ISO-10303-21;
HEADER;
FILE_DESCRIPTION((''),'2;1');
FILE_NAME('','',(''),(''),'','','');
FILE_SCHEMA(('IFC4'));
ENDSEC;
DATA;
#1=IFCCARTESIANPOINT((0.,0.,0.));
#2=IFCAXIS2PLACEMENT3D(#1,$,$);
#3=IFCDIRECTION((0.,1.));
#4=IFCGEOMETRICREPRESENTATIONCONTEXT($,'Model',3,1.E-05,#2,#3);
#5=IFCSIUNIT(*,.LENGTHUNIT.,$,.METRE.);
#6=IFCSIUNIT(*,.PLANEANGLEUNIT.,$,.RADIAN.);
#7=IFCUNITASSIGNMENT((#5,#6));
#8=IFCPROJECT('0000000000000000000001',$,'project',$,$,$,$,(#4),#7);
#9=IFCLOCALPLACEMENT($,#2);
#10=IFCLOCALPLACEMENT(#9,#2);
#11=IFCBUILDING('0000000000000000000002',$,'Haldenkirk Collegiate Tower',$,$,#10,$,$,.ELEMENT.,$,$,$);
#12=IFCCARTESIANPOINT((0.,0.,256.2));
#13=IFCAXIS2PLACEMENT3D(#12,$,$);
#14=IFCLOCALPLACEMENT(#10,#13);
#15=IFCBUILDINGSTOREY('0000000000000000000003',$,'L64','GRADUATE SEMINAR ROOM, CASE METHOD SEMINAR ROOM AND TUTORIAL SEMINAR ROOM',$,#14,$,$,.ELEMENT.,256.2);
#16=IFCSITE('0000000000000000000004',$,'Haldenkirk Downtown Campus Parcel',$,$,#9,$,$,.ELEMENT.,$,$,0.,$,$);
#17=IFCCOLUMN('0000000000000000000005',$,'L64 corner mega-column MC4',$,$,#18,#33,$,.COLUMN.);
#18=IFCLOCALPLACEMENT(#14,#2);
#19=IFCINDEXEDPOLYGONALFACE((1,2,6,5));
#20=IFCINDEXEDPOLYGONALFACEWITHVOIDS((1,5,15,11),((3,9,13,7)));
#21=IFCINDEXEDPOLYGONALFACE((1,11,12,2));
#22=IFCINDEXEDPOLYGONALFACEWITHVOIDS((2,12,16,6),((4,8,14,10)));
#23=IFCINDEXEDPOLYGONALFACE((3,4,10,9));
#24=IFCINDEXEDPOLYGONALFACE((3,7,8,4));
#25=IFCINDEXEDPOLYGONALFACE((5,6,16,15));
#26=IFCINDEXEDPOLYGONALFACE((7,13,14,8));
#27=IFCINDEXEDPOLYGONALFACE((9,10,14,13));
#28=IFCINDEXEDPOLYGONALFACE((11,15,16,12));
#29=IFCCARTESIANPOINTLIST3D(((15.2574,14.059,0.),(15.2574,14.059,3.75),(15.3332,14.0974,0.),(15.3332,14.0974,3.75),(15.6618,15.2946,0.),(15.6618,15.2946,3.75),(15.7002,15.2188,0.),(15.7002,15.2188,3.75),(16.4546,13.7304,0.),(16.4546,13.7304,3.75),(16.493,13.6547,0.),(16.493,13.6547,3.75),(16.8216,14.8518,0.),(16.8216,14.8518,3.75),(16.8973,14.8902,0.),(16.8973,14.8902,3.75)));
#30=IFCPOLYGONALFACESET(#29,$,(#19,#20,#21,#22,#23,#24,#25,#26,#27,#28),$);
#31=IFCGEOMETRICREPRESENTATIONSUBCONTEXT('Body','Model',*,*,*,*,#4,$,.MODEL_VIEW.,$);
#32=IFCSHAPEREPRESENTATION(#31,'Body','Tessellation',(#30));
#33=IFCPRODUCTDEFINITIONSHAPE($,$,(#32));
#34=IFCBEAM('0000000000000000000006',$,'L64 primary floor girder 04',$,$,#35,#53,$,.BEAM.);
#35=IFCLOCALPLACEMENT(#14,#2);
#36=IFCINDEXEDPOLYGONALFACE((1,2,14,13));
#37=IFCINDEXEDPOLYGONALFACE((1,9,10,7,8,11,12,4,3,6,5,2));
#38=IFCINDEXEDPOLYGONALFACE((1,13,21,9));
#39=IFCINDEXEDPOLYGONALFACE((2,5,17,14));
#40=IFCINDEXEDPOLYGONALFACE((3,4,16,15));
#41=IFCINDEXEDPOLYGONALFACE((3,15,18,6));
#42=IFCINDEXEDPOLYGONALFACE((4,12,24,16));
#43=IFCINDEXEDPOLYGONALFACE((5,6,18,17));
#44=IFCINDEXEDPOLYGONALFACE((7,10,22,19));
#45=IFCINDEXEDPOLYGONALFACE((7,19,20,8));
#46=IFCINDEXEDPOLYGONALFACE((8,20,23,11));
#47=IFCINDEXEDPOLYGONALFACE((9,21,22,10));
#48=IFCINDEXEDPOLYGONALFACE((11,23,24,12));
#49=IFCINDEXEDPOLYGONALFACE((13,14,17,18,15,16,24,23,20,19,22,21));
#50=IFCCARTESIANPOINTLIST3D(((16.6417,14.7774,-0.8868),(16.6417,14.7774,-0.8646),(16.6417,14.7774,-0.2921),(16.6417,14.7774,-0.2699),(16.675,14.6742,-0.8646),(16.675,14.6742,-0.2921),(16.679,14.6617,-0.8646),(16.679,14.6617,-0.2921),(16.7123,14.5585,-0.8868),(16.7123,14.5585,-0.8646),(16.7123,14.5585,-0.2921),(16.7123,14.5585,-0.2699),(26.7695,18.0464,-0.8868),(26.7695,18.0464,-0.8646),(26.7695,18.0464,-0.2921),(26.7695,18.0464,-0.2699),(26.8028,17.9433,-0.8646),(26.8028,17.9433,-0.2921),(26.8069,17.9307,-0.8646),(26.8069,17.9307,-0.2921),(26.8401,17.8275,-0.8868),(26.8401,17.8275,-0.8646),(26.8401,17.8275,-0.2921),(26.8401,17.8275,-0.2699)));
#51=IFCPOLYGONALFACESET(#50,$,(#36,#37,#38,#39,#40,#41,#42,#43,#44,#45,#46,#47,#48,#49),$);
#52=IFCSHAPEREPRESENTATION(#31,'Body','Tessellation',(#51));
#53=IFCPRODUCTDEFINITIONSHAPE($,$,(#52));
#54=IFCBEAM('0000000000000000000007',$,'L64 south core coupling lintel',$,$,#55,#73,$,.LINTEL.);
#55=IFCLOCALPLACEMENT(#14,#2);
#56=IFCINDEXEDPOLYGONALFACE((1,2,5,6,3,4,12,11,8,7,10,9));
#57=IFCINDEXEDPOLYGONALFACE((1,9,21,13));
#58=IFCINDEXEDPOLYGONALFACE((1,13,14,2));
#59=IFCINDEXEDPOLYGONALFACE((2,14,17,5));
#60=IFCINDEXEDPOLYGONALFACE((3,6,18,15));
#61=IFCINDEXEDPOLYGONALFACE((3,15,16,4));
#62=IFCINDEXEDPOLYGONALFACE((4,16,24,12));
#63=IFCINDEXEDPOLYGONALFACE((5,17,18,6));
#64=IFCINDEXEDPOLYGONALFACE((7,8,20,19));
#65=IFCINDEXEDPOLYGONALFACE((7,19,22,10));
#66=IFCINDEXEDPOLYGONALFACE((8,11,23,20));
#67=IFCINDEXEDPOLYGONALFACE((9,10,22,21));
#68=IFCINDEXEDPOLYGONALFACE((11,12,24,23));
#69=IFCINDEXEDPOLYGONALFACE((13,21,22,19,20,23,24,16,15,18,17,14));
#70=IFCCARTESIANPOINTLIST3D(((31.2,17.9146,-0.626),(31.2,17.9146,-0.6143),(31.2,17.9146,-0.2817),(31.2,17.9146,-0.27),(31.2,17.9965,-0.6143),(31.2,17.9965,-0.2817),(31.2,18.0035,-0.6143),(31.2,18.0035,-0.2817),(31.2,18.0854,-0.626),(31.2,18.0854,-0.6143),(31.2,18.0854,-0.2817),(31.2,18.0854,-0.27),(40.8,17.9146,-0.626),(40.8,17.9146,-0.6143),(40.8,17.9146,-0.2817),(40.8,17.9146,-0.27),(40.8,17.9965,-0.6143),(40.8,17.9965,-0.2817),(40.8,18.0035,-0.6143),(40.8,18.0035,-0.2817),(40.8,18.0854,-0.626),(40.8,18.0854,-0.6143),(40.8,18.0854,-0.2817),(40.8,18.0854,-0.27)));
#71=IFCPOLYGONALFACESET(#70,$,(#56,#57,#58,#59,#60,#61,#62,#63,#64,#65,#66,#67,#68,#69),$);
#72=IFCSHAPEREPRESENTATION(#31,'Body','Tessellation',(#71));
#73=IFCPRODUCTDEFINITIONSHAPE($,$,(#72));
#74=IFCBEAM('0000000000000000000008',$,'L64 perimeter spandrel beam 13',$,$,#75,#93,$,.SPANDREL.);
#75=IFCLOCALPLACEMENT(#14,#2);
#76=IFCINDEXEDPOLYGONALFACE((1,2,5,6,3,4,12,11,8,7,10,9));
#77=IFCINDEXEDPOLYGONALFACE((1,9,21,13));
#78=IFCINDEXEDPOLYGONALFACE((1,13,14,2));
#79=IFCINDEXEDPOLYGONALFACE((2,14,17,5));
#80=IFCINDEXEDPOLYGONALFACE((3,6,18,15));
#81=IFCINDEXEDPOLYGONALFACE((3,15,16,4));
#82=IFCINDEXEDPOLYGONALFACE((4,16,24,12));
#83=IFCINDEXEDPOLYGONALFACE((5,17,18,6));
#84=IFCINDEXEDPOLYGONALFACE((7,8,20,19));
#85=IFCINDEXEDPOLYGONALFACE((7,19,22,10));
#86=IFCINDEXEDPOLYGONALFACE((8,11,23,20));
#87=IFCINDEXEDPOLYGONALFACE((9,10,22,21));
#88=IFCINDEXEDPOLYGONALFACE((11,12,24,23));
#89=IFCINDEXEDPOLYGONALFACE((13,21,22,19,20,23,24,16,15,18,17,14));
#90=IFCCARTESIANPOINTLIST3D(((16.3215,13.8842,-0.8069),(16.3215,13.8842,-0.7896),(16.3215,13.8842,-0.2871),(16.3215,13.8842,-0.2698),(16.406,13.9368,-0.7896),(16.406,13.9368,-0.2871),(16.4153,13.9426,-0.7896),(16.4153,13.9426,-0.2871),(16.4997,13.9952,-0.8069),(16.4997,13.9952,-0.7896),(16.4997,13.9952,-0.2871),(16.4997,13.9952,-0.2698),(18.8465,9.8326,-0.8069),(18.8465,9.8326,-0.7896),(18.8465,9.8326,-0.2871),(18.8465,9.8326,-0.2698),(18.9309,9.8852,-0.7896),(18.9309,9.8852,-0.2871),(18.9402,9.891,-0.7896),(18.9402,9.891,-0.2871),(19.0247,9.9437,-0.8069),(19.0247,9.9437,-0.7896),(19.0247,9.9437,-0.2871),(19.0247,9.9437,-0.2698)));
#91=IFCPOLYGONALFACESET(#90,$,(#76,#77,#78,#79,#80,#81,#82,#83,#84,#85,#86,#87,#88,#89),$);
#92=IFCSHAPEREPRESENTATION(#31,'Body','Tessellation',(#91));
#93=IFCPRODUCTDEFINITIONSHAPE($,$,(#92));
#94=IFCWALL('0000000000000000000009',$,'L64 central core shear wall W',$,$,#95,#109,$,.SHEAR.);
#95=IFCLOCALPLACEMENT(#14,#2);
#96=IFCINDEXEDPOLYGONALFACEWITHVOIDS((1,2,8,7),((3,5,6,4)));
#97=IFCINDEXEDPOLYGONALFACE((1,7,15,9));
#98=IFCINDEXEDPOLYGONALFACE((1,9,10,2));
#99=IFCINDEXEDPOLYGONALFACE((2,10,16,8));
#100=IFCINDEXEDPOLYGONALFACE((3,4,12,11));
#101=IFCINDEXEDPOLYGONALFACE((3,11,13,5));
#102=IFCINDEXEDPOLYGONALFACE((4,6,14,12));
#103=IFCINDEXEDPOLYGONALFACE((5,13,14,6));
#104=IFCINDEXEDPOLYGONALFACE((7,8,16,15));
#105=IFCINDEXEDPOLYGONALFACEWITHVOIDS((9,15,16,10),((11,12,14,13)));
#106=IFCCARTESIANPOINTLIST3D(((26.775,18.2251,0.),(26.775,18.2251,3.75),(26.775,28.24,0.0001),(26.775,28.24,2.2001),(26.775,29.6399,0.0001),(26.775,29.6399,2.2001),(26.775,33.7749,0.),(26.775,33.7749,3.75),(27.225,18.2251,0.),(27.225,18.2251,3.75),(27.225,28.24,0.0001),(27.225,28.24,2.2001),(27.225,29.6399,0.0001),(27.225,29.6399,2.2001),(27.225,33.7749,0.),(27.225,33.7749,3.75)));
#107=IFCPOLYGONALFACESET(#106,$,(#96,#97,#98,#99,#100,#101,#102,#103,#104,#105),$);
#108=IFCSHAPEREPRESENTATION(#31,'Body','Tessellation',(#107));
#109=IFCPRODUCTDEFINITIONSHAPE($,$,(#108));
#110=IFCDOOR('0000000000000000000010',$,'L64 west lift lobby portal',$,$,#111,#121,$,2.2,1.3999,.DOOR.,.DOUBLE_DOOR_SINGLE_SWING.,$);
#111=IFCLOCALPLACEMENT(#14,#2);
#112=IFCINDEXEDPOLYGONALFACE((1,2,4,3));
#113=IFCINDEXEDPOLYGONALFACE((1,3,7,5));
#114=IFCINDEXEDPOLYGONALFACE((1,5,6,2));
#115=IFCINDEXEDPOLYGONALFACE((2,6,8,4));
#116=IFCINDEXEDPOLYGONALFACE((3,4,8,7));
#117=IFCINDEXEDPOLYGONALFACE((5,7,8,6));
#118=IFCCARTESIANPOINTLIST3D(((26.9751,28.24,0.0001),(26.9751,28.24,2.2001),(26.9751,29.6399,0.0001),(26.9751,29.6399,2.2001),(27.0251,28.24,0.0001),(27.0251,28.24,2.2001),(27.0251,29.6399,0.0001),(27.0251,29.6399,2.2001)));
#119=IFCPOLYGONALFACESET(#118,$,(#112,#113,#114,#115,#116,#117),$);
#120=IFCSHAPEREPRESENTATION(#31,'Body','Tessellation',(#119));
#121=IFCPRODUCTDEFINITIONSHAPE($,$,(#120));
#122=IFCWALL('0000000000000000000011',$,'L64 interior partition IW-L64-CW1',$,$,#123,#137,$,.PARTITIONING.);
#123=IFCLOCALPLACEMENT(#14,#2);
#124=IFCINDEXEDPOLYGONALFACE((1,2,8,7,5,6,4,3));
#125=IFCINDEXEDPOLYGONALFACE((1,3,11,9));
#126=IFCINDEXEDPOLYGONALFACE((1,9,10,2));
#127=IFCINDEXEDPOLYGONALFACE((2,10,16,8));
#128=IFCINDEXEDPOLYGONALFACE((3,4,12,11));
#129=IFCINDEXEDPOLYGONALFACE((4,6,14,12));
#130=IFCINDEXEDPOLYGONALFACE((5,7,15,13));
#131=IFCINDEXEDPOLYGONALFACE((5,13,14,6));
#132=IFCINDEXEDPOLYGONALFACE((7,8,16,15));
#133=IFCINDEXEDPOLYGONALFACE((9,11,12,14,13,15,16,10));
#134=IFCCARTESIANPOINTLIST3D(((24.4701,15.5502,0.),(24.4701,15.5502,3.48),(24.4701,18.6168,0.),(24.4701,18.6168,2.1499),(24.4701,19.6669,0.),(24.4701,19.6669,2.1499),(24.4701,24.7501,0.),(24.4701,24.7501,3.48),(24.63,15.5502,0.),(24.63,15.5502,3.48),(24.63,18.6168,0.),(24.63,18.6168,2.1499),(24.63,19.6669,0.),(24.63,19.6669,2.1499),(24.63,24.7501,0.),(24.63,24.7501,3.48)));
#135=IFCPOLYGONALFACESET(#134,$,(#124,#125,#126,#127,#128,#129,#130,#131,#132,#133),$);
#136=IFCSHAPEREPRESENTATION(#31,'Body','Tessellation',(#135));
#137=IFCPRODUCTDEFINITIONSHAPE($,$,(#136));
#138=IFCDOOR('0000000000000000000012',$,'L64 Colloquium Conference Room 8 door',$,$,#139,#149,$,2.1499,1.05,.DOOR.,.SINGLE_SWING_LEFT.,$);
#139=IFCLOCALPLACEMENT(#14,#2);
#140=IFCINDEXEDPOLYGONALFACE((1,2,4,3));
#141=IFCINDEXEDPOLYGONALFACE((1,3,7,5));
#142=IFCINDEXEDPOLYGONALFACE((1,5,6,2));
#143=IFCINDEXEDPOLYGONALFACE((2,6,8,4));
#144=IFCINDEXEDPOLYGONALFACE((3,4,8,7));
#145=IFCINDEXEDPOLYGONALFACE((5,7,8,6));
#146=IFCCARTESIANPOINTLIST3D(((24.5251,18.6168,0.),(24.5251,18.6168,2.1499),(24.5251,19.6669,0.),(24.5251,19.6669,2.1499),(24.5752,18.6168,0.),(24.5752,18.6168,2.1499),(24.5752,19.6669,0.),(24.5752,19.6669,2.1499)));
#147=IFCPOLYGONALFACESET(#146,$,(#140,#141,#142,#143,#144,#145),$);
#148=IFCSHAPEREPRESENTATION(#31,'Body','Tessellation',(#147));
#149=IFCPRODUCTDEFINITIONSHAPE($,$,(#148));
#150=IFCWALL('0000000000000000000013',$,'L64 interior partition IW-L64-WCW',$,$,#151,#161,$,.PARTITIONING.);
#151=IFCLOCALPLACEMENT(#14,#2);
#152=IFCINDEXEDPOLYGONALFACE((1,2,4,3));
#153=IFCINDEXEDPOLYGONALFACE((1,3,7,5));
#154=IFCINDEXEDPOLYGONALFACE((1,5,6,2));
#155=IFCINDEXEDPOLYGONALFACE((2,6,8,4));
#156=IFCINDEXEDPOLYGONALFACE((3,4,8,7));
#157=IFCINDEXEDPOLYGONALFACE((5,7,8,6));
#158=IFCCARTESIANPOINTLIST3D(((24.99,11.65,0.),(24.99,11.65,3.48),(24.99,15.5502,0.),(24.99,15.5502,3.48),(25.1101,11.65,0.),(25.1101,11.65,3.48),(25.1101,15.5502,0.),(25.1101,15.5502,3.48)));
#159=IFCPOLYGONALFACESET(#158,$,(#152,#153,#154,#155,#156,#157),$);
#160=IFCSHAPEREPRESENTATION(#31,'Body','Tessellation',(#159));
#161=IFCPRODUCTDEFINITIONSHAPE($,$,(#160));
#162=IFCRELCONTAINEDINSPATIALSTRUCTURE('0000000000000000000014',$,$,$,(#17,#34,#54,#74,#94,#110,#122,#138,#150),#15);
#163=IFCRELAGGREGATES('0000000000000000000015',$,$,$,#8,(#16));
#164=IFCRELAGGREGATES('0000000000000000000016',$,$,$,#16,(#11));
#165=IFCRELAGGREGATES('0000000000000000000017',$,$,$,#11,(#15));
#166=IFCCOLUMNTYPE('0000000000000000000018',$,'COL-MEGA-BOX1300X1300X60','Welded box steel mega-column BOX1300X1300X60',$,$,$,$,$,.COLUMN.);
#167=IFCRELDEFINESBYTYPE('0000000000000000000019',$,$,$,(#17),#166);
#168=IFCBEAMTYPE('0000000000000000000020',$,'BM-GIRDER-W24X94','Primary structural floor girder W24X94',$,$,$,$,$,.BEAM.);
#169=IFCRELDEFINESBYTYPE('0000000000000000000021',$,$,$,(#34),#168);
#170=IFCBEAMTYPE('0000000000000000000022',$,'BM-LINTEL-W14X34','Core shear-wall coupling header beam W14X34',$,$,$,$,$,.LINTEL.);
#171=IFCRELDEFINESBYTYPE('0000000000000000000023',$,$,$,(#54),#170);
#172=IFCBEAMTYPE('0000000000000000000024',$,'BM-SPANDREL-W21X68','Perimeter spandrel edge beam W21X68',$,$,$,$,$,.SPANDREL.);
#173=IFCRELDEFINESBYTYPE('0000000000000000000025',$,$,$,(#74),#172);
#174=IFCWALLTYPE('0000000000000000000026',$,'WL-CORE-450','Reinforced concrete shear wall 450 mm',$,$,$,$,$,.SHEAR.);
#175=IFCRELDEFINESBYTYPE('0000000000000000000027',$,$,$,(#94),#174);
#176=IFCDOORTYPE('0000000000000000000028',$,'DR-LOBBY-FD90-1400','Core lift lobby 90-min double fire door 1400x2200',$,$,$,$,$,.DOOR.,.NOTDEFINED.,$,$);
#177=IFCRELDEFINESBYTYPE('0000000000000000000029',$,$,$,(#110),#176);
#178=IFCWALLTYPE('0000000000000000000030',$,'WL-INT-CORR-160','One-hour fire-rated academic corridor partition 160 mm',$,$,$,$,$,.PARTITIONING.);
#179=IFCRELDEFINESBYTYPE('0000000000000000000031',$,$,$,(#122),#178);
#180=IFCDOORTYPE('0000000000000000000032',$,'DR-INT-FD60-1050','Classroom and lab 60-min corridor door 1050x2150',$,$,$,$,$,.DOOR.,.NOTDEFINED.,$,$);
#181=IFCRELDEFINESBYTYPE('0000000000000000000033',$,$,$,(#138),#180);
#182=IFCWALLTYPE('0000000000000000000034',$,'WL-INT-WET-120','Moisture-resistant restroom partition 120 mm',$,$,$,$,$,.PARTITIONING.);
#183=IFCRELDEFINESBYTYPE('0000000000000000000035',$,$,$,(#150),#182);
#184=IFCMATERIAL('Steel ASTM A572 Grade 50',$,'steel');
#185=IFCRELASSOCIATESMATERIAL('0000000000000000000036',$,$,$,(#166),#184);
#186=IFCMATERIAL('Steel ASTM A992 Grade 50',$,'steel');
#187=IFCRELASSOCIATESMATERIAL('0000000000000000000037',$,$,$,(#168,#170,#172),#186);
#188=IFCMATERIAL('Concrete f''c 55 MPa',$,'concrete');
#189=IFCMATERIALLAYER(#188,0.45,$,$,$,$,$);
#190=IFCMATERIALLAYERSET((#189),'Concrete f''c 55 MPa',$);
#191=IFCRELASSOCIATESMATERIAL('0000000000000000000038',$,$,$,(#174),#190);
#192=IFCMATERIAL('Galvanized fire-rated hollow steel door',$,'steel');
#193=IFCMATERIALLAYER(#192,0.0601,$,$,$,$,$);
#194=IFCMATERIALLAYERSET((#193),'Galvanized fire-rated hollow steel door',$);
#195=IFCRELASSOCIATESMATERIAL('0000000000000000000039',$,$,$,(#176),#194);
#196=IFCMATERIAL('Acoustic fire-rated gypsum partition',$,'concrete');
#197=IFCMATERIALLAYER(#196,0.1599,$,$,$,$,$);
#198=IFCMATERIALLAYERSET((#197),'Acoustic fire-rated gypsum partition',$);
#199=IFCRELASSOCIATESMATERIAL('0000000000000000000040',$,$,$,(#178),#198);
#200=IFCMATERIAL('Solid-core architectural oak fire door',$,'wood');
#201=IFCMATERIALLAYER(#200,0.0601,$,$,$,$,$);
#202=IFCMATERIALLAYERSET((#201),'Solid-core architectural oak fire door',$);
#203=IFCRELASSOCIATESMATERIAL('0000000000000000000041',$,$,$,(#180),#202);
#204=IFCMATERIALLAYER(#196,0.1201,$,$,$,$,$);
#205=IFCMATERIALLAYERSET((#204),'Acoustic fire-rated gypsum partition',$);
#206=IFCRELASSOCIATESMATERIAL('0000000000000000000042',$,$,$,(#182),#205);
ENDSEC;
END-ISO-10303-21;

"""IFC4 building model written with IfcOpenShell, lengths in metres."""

from ifc_helpers import new_model, si_unit, direction, frame, frame_2d, origin, origin_2d, place, context, subcontext, project, spatial, rectangle, hollow_rectangle, i_section, extrude, material, layer, layer_set, material_profile, profile_set, type_object, element, fill, save


model = new_model("IFC4")

# Units and contexts
model_context = context("Model", 3, precision=1e-05, world=origin(), true_north=direction((0.0, 1.0)))
body_context = subcontext(model_context, "Body", "Model", "MODEL_VIEW")
ifc_project = project(units=[si_unit("LENGTHUNIT", "METRE"), si_unit("PLANEANGLEUNIT", "RADIAN")], contexts=[model_context])

# Site, building, storey
site_placement = place(None, origin())
site = spatial("IfcSite", under=ifc_project, at=site_placement, Name="Haldenkirk Downtown Campus Parcel", CompositionType="ELEMENT", RefElevation=0.0)
building_placement = place(site_placement, origin())
building = spatial("IfcBuilding", under=site, at=building_placement, Name="Haldenkirk Collegiate Tower", CompositionType="ELEMENT")
storey_placement = place(building_placement, frame((0.0, 0.0, 256.2)))
storey = spatial("IfcBuildingStorey", under=building, at=storey_placement, Name="L64", Description="GRADUATE SEMINAR ROOM, CASE METHOD SEMINAR ROOM AND TUTORIAL SEMINAR ROOM", CompositionType="ELEMENT", Elevation=256.2)

# Column
ifc_material_1 = material(Name="Steel ASTM A572 Grade 50", Category="steel")
ifc_material_profile_1 = material_profile(ifc_material_1, hollow_rectangle(XDim=1.3, YDim=1.3, WallThickness=0.0601, at=origin_2d()), Name="BOX1300X1300X60")
ifc_profile_set_1 = profile_set([ifc_material_profile_1], Name="Steel ASTM A572 Grade 50")
column_type = type_object("IfcColumnType", Name="COL-MEGA-BOX1300X1300X60", Description="Welded box steel mega-column BOX1300X1300X60", PredefinedType="COLUMN", material=ifc_profile_set_1)
column_placement = place(storey_placement, frame((16.0774, 14.4746, 0.0), z_axis=(0.0, 0.0, 1.0), x_axis=(0.311008, 0.950407, 0.0)))
element("IfcColumn", 1, at=column_placement, inside=storey, type_object=column_type, Name="L64 corner mega-column MC4", PredefinedType="COLUMN", context=body_context, shape_type="SweptSolid", body=[
    extrude(hollow_rectangle(XDim=1.3, YDim=1.3, WallThickness=0.0601, at=origin_2d()), origin(), (0.0, 0.0, 1.0), 3.75),
])

# Beams
ifc_material_2 = material(Name="Steel ASTM A992 Grade 50", Category="steel")
ifc_material_profile_2 = material_profile(ifc_material_2, i_section(OverallWidth=0.23, OverallDepth=0.6169, WebThickness=0.0132, FlangeThickness=0.0222, at=origin_2d()), Name="W24X94")
ifc_profile_set_2 = profile_set([ifc_material_profile_2], Name="Steel ASTM A992 Grade 50")
beam_type_1 = type_object("IfcBeamType", Name="BM-GIRDER-W24X94", Description="Primary structural floor girder W24X94", PredefinedType="BEAM", material=ifc_profile_set_2)
beam_1_placement = place(storey_placement, frame((16.677, 14.668, -0.5784), z_axis=(0.951655, 0.30717, 0.0), x_axis=(-0.30717, 0.951655, 0.0)))
element("IfcBeam", 2, at=beam_1_placement, inside=storey, type_object=beam_type_1, Name="L64 primary floor girder 04", PredefinedType="BEAM", context=body_context, shape_type="SweptSolid", body=[
    extrude(i_section(OverallWidth=0.23, OverallDepth=0.6169, WebThickness=0.0132, FlangeThickness=0.0222, at=origin_2d()), origin(), (0.0, 0.0, 1.0), 10.6423),
])
ifc_material_profile_3 = material_profile(ifc_material_2, i_section(OverallWidth=0.1709, OverallDepth=0.356, WebThickness=0.0071, FlangeThickness=0.0117, at=origin_2d()), Name="W14X34")
ifc_profile_set_3 = profile_set([ifc_material_profile_3], Name="Steel ASTM A992 Grade 50")
beam_type_2 = type_object("IfcBeamType", Name="BM-LINTEL-W14X34", Description="Core shear-wall coupling header beam W14X34", PredefinedType="LINTEL", material=ifc_profile_set_3)
beam_2_placement = place(storey_placement, frame((31.2, 18.0, -0.448), z_axis=(1.0, 0.0, 0.0), x_axis=(0.0, 1.0, 0.0)))
element("IfcBeam", 3, at=beam_2_placement, inside=storey, type_object=beam_type_2, Name="L64 south core coupling lintel", PredefinedType="LINTEL", context=body_context, shape_type="SweptSolid", body=[
    extrude(i_section(OverallWidth=0.1709, OverallDepth=0.356, WebThickness=0.0071, FlangeThickness=0.0117, at=origin_2d()), origin(), (0.0, 0.0, 1.0), 9.6001),
])
ifc_material_profile_4 = material_profile(ifc_material_2, i_section(OverallWidth=0.21, OverallDepth=0.5371, WebThickness=0.011, FlangeThickness=0.0173, at=origin_2d()), Name="W21X68")
ifc_profile_set_4 = profile_set([ifc_material_profile_4], Name="Steel ASTM A992 Grade 50")
beam_type_3 = type_object("IfcBeamType", Name="BM-SPANDREL-W21X68", Description="Perimeter spandrel edge beam W21X68", PredefinedType="SPANDREL", material=ifc_profile_set_4)
beam_3_placement = place(storey_placement, frame((16.4106, 13.9397, -0.5383), z_axis=(0.5289, -0.848684, 0.0), x_axis=(0.848684, 0.5289, 0.0)))
element("IfcBeam", 4, at=beam_3_placement, inside=storey, type_object=beam_type_3, Name="L64 perimeter spandrel beam 13", PredefinedType="SPANDREL", context=body_context, shape_type="SweptSolid", body=[
    extrude(i_section(OverallWidth=0.21, OverallDepth=0.5371, WebThickness=0.011, FlangeThickness=0.0173, at=origin_2d()), origin(), (0.0, 0.0, 1.0), 4.7739),
])

# Shared definitions
ifc_material_3 = material(Name="Concrete f'c 55 MPa", Category="concrete")
ifc_layer_1 = layer(ifc_material_3, 0.45)
ifc_layer_set_1 = layer_set([ifc_layer_1], Name="Concrete f'c 55 MPa")
wall_type_1 = type_object("IfcWallType", Name="WL-CORE-450", Description="Reinforced concrete shear wall 450 mm", PredefinedType="SHEAR", material=ifc_layer_set_1)
ifc_material_4 = material(Name="Galvanized fire-rated hollow steel door", Category="steel")

# Wall, opening, door
wall_1_placement = place(storey_placement, frame((27.0, 18.2251, 0.0), z_axis=(0.0, 0.0, 1.0), x_axis=(0.0, 1.0, 0.0)))
wall_1 = element("IfcWall", 5, at=wall_1_placement, inside=storey, type_object=wall_type_1, Name="L64 central core shear wall W", PredefinedType="SHEAR", context=body_context, shape_type="SweptSolid", body=[
    extrude(rectangle(XDim=15.5498, YDim=0.45, at=frame_2d((7.7749, 0.0))), origin(), (0.0, 0.0, 1.0), 3.75),
])
opening_1_placement = place(wall_1_placement, frame((10.0149, 0.0, 0.0)))
opening_1 = element("IfcOpeningElement", 6, at=opening_1_placement, cuts=wall_1, PredefinedType="OPENING", context=body_context, shape_type="SweptSolid", body=[
    extrude(rectangle(XDim=1.3999, YDim=2.2, at=frame_2d((0.7, 1.1001))), frame((0.0, 0.2349, 0.0), z_axis=(0.0, -1.0, 0.0), x_axis=(1.0, 0.0, 0.0)), (0.0, 0.0, 1.0), 0.47),
])
ifc_layer_2 = layer(ifc_material_4, 0.0601)
ifc_layer_set_2 = layer_set([ifc_layer_2], Name="Galvanized fire-rated hollow steel door")
door_type_1 = type_object("IfcDoorType", Name="DR-LOBBY-FD90-1400", Description="Core lift lobby 90-min double fire door 1400x2200", OperationType="NOTDEFINED", PredefinedType="DOOR", material=ifc_layer_set_2)
door_1_placement = place(opening_1_placement, origin())
door_1 = element("IfcDoor", 7, at=door_1_placement, inside=storey, type_object=door_type_1, Name="L64 west lift lobby portal", OperationType="DOUBLE_DOOR_SINGLE_SWING", OverallHeight=2.2, OverallWidth=1.3999, PredefinedType="DOOR", context=body_context, shape_type="SweptSolid", body=[
    extrude(rectangle(XDim=1.3999, YDim=2.2, at=frame_2d((0.7, 1.1001))), frame((0.0, 0.0249, 0.0), z_axis=(0.0, -1.0, 0.0), x_axis=(1.0, 0.0, 0.0)), (0.0, 0.0, 1.0), 0.05),
])
fill(opening_1, door_1)

# Shared definitions
ifc_material_5 = material(Name="Acoustic fire-rated gypsum partition", Category="concrete")
ifc_layer_3 = layer(ifc_material_5, 0.1599)
ifc_layer_set_3 = layer_set([ifc_layer_3], Name="Acoustic fire-rated gypsum partition")
wall_type_2 = type_object("IfcWallType", Name="WL-INT-CORR-160", Description="One-hour fire-rated academic corridor partition 160 mm", PredefinedType="PARTITIONING", material=ifc_layer_set_3)
ifc_material_6 = material(Name="Solid-core architectural oak fire door", Category="wood")

# Wall, opening, door
wall_2_placement = place(storey_placement, frame((24.55, 15.55, 0.0), z_axis=(0.0, 0.0, 1.0), x_axis=(0.0, 1.0, 0.0)))
wall_2 = element("IfcWall", 8, at=wall_2_placement, inside=storey, type_object=wall_type_2, Name="L64 interior partition IW-L64-CW1", PredefinedType="PARTITIONING", context=body_context, shape_type="SweptSolid", body=[
    extrude(rectangle(XDim=9.2, YDim=0.1599, at=frame_2d((4.6001, 0.0))), origin(), (0.0, 0.0, 1.0), 3.48),
])
opening_2_placement = place(wall_2_placement, frame((3.0669, 0.0, 0.0)))
opening_2 = element("IfcOpeningElement", 9, at=opening_2_placement, cuts=wall_2, PredefinedType="OPENING", context=body_context, shape_type="SweptSolid", body=[
    extrude(rectangle(XDim=1.05, YDim=2.1499, at=frame_2d((0.5249, 1.075))), frame((0.0, 0.0898, 0.0), z_axis=(0.0, -1.0, 0.0), x_axis=(1.0, 0.0, 0.0)), (0.0, 0.0, 1.0), 0.1799),
])
ifc_layer_4 = layer(ifc_material_6, 0.0601)
ifc_layer_set_4 = layer_set([ifc_layer_4], Name="Solid-core architectural oak fire door")
door_type_2 = type_object("IfcDoorType", Name="DR-INT-FD60-1050", Description="Classroom and lab 60-min corridor door 1050x2150", OperationType="NOTDEFINED", PredefinedType="DOOR", material=ifc_layer_set_4)
door_2_placement = place(opening_2_placement, origin())
door_2 = element("IfcDoor", 10, at=door_2_placement, inside=storey, type_object=door_type_2, Name="L64 Colloquium Conference Room 8 door", OperationType="SINGLE_SWING_LEFT", OverallHeight=2.1499, OverallWidth=1.05, PredefinedType="DOOR", context=body_context, shape_type="SweptSolid", body=[
    extrude(rectangle(XDim=1.05, YDim=2.1499, at=frame_2d((0.5249, 1.075))), frame((0.0, 0.0249, 0.0), z_axis=(0.0, -1.0, 0.0), x_axis=(1.0, 0.0, 0.0)), (0.0, 0.0, 1.0), 0.05),
])
fill(opening_2, door_2)

# Wall
ifc_layer_5 = layer(ifc_material_5, 0.1201)
ifc_layer_set_5 = layer_set([ifc_layer_5], Name="Acoustic fire-rated gypsum partition")
wall_type_3 = type_object("IfcWallType", Name="WL-INT-WET-120", Description="Moisture-resistant restroom partition 120 mm", PredefinedType="PARTITIONING", material=ifc_layer_set_5)
for number, where, z_axis, x_axis, name in (
    (11, (25.05, 11.6499, 0.0), (0.0, 0.0, 1.0), (0.0, 1.0, 0.0), "L64 interior partition IW-L64-WCW"),
):
    element("IfcWall", number, at=place(storey_placement, frame(where, z_axis=z_axis, x_axis=x_axis)), inside=storey, type_object=wall_type_3, Name=name, PredefinedType="PARTITIONING", context=body_context, shape_type="SweptSolid", body=[
        extrude(rectangle(XDim=3.9001, YDim=0.1201, at=frame_2d((1.9502, 0.0))), origin(), (0.0, 0.0, 1.0), 3.48),
    ])

save(model, "model.ifc")
